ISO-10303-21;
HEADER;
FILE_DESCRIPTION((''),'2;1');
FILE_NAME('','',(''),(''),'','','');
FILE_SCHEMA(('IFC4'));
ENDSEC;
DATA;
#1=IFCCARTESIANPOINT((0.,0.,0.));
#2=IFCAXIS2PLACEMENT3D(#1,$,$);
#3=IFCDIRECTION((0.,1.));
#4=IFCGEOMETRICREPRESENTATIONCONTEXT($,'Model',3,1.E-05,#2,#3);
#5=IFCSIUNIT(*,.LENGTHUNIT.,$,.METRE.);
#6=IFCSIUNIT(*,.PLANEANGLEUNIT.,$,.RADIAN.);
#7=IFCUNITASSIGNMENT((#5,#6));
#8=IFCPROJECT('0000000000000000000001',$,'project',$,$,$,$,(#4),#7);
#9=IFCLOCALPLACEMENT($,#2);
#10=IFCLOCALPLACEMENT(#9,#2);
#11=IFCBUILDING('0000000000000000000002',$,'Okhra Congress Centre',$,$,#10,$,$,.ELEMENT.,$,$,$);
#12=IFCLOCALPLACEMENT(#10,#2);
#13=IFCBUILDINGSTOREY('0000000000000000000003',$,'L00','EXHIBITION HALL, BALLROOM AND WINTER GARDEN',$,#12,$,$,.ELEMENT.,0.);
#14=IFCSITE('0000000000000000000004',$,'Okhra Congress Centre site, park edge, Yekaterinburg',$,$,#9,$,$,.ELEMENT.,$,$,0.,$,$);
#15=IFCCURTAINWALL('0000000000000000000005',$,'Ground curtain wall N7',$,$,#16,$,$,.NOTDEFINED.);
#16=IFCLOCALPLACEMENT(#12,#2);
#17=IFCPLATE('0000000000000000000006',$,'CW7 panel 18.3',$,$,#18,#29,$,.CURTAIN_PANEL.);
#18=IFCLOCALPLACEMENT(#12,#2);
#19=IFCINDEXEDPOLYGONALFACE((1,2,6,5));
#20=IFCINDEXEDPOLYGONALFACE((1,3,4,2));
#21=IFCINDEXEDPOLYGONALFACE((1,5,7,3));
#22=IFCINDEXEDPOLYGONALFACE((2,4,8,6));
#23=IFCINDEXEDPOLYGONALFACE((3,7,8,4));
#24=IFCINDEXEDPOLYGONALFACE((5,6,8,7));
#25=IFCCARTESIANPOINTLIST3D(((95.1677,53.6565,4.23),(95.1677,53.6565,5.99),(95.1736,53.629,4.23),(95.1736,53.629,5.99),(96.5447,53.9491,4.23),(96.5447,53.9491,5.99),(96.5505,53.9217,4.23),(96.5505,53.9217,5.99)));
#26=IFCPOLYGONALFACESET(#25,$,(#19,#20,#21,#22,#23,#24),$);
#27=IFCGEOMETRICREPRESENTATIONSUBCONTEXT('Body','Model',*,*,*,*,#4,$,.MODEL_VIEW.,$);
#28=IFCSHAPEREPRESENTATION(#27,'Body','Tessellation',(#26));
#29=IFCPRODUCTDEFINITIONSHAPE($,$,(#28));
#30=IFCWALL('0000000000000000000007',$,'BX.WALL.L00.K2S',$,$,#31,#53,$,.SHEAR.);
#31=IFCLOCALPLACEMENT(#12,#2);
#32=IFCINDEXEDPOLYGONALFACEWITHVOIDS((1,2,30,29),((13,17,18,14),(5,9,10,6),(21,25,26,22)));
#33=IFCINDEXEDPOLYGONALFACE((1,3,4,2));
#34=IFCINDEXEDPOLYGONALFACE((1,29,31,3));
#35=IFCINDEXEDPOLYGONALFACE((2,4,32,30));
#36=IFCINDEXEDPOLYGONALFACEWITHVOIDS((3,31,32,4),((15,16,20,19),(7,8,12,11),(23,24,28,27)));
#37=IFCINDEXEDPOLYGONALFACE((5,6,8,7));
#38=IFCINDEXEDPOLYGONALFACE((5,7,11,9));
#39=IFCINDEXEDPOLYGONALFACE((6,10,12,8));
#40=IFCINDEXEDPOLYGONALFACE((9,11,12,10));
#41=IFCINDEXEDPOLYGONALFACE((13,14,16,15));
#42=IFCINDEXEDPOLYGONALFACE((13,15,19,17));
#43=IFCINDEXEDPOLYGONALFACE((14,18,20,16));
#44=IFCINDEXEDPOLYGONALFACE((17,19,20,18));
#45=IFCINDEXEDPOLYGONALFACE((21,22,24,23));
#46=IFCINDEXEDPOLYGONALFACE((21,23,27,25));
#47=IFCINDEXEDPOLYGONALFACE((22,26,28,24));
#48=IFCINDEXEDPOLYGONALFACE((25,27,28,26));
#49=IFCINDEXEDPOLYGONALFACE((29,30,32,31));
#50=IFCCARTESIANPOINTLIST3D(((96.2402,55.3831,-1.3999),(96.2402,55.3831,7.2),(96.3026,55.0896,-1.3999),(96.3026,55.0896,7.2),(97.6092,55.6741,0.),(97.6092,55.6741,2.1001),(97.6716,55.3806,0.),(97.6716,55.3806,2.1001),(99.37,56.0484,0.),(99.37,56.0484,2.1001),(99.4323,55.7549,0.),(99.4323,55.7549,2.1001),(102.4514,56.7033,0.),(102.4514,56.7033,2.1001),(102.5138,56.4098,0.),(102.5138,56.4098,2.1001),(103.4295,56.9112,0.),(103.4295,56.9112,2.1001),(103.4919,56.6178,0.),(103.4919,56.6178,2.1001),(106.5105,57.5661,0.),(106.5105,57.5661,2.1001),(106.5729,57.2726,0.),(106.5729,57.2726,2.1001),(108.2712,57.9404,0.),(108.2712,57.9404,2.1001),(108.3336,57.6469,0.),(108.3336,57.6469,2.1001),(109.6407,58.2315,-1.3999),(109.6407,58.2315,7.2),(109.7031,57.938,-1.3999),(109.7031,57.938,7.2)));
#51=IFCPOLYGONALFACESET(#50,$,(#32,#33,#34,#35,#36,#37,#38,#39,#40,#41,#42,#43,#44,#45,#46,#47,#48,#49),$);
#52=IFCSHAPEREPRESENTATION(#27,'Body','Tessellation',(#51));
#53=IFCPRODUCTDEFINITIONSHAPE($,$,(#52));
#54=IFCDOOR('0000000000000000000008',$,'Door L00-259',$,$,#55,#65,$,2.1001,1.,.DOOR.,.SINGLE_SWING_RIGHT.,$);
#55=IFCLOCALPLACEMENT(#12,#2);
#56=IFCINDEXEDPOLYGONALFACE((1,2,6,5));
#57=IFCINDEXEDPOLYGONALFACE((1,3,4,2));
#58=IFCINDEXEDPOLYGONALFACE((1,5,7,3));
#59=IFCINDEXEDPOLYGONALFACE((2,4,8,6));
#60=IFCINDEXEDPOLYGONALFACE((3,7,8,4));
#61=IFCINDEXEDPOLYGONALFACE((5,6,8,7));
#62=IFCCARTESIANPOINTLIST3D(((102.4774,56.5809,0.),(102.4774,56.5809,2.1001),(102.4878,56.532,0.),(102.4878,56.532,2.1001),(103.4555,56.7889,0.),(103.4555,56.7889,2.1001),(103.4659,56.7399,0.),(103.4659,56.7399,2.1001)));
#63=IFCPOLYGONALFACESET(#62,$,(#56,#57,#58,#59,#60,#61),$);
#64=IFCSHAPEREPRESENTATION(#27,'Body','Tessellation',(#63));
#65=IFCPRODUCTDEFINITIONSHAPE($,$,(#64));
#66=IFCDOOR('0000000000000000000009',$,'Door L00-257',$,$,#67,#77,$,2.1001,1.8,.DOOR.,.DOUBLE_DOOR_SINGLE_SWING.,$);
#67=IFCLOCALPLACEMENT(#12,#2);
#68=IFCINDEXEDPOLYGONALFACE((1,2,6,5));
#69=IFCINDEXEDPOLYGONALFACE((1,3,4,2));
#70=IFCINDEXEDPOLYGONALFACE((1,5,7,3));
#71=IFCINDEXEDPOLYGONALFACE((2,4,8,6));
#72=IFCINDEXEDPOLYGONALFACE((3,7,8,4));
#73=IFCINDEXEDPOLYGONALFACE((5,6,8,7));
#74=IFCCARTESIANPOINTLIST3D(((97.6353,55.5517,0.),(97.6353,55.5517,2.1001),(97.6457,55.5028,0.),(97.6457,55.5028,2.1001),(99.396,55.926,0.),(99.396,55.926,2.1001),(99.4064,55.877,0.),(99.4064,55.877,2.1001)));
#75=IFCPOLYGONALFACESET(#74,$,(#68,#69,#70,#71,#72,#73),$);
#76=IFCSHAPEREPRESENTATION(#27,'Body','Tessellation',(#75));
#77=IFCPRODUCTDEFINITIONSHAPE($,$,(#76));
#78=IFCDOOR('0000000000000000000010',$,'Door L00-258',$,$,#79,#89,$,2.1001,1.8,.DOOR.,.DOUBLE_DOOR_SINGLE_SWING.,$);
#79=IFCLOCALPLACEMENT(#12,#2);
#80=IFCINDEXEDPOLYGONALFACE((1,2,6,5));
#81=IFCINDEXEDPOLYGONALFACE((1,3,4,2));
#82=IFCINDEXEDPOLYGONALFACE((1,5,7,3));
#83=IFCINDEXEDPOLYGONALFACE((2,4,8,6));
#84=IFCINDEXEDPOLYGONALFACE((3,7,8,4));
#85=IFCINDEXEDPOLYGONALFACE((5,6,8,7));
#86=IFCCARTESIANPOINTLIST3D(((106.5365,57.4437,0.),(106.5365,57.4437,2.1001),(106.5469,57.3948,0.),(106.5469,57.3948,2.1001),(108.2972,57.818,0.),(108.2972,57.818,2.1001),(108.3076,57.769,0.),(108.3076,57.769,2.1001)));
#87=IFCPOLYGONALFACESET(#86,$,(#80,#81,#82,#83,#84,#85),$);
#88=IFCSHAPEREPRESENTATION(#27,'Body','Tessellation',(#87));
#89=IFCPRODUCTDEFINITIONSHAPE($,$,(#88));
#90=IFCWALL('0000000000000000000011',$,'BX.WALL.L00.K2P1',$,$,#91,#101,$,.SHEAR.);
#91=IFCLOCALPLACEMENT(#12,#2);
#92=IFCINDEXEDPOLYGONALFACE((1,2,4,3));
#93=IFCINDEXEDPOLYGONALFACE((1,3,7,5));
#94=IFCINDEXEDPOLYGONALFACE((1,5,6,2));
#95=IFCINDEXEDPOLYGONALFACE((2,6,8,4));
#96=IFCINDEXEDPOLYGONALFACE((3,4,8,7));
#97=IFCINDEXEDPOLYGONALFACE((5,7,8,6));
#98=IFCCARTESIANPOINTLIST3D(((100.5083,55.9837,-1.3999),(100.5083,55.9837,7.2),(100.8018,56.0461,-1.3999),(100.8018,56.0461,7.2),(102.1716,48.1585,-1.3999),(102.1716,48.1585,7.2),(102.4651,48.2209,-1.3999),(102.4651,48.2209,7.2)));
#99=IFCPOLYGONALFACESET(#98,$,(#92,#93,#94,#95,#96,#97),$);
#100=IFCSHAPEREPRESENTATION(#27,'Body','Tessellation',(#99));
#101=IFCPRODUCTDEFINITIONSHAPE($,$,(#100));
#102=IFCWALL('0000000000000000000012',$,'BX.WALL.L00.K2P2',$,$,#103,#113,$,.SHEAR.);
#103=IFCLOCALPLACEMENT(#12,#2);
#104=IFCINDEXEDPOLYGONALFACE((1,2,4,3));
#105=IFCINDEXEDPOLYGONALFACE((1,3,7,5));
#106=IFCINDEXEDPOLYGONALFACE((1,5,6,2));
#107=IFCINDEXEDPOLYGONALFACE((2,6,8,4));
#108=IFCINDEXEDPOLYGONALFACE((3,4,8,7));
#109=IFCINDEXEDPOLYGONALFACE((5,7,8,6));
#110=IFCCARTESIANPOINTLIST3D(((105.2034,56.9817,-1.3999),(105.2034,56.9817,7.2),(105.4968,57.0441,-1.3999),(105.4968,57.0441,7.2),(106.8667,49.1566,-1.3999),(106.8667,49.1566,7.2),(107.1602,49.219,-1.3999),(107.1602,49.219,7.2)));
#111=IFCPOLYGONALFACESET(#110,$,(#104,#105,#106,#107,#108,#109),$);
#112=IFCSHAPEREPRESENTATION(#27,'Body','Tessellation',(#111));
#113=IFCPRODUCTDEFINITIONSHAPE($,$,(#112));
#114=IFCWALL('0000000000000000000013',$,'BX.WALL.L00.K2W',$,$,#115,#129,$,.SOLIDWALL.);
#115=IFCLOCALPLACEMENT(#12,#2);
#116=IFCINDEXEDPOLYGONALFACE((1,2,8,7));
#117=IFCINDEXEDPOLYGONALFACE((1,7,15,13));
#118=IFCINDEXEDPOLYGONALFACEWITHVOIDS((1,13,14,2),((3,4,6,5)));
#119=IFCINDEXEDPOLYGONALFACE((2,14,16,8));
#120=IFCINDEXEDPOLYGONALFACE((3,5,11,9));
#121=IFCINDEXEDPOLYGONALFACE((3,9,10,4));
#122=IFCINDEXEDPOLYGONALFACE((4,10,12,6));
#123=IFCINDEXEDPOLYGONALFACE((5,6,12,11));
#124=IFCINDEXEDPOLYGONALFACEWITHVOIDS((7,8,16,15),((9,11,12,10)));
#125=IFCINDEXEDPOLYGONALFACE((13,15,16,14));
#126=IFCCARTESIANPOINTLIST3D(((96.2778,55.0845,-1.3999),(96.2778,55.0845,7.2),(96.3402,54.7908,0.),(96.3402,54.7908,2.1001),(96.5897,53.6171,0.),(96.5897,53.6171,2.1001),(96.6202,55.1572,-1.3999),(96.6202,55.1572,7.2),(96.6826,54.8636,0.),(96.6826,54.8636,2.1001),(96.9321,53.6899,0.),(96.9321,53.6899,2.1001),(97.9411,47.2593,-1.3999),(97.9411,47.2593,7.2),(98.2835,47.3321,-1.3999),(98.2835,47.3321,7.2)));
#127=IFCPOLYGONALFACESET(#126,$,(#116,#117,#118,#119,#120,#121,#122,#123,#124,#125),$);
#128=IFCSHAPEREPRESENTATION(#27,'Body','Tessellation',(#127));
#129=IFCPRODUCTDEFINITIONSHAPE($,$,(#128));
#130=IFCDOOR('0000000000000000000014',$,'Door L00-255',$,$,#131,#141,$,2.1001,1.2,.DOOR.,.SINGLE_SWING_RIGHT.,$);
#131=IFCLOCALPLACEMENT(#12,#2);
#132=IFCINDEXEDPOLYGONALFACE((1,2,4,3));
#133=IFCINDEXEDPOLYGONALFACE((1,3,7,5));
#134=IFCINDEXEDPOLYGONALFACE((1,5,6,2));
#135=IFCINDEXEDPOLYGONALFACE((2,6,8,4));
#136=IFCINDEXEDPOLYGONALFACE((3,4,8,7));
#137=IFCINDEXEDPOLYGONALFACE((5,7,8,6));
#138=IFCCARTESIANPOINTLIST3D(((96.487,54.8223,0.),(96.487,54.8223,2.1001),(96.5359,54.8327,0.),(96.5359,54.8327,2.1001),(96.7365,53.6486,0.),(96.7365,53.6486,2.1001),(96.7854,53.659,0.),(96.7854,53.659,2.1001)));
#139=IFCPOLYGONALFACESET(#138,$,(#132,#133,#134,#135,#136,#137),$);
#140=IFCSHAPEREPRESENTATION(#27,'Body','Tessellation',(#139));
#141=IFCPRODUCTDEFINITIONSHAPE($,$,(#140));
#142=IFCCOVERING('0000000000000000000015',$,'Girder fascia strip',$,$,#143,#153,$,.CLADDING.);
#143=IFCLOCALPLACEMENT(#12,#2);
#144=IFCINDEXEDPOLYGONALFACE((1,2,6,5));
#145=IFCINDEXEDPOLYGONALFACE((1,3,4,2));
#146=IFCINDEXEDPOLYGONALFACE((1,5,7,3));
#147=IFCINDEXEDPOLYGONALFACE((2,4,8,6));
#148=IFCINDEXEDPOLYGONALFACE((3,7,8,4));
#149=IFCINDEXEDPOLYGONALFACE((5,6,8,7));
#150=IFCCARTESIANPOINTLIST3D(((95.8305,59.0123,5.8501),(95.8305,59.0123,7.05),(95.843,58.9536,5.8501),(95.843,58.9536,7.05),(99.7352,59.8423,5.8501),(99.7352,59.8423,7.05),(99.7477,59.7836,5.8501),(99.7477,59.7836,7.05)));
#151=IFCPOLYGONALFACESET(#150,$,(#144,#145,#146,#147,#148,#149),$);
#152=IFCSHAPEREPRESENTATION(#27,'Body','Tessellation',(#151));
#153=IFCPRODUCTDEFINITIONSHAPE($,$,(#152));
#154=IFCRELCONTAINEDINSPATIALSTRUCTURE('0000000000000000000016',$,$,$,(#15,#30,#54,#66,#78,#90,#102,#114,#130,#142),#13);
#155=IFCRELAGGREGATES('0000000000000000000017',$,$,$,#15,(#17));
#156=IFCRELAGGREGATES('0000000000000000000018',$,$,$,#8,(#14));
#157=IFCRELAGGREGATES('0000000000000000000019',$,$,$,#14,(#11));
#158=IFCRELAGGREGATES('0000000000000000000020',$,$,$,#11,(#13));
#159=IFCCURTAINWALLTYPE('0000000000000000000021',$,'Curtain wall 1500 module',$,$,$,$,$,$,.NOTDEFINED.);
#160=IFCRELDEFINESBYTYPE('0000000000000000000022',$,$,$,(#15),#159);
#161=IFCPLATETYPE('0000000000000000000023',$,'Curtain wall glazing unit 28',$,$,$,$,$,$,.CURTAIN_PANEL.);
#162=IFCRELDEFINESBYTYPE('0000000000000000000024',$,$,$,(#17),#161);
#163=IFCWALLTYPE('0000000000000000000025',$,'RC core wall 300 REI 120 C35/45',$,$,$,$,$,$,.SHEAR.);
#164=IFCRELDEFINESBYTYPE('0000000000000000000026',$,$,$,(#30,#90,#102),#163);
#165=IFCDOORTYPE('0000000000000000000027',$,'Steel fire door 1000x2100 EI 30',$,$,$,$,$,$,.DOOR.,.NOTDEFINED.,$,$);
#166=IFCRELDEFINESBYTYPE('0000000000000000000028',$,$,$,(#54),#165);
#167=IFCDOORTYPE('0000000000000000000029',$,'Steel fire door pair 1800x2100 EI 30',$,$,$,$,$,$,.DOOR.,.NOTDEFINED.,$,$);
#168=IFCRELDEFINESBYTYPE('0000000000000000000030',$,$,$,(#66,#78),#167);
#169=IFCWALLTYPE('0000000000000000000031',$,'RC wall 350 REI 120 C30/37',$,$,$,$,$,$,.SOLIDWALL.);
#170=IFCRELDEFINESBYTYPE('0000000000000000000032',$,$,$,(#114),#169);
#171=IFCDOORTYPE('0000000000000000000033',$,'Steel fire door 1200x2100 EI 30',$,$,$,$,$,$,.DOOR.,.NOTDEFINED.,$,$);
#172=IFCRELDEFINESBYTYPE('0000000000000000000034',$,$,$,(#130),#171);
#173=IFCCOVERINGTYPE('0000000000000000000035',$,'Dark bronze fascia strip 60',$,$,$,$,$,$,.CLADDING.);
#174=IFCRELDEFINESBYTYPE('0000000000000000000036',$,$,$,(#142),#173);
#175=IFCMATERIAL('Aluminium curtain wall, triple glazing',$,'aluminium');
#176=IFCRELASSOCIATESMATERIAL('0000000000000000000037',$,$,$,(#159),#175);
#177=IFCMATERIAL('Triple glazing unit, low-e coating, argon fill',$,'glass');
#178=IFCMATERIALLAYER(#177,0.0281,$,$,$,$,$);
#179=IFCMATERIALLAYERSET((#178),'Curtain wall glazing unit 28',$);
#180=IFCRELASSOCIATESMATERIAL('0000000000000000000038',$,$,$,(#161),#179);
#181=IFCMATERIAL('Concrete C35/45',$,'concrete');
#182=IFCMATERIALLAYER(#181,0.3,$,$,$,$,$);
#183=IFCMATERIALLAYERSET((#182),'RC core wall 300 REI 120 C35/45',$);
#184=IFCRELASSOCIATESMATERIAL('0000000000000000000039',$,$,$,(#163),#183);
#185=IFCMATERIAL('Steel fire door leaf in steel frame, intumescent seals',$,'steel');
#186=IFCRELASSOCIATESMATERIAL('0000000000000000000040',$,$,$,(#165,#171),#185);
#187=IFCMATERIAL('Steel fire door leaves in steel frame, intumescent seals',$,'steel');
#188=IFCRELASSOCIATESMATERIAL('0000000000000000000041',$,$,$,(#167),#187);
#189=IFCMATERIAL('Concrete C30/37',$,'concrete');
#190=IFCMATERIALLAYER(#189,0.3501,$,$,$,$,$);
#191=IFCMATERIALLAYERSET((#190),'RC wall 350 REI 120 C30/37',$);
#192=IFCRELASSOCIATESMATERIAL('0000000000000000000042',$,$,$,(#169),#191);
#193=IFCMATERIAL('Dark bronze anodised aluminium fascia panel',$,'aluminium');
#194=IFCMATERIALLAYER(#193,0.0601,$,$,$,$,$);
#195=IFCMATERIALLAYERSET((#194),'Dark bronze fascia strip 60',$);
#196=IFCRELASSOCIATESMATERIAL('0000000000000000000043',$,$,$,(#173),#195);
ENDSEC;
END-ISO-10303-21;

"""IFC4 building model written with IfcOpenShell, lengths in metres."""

from ifc_helpers import new_model, si_unit, direction, frame, frame_2d, origin, origin_2d, place, context, subcontext, project, spatial, rectangle, extrude, material, layer, layer_set, type_object, element, fill, aggregate, save


model = new_model("IFC4")

# Units and contexts
model_context = context("Model", 3, precision=1e-05, world=origin(), true_north=direction((0.0, 1.0)))
body_context = subcontext(model_context, "Body", "Model", "MODEL_VIEW")
ifc_project = project(units=[si_unit("LENGTHUNIT", "METRE"), si_unit("PLANEANGLEUNIT", "RADIAN")], contexts=[model_context])

# Site, building, storey
site_placement = place(None, origin())
site = spatial("IfcSite", under=ifc_project, at=site_placement, Name="Okhra Congress Centre site, park edge, Yekaterinburg", CompositionType="ELEMENT", RefElevation=0.0)
building_placement = place(site_placement, origin())
building = spatial("IfcBuilding", under=site, at=building_placement, Name="Okhra Congress Centre", CompositionType="ELEMENT")
storey_placement = place(building_placement, origin())
storey = spatial("IfcBuildingStorey", under=building, at=storey_placement, Name="L00", Description="EXHIBITION HALL, BALLROOM AND WINTER GARDEN", CompositionType="ELEMENT", Elevation=0.0)

# Shared definitions
ifc_material_1 = material(Name="Concrete C30/37", Category="concrete")

# Shared definitions
ifc_material_2 = material(Name="Concrete C35/45", Category="concrete")

# Curtain wall
ifc_material_3 = material(Name="Aluminium curtain wall, triple glazing", Category="aluminium")
curtain_wall_type = type_object("IfcCurtainWallType", Name="Curtain wall 1500 module", PredefinedType="NOTDEFINED", material=ifc_material_3)
curtain_wall_placement = place(storey_placement, origin())
curtain_wall = element("IfcCurtainWall", 1, at=curtain_wall_placement, inside=storey, type_object=curtain_wall_type, Name="Ground curtain wall N7", PredefinedType="NOTDEFINED")

# Plate
ifc_material_4 = material(Name="Triple glazing unit, low-e coating, argon fill", Category="glass")
ifc_layer_1 = layer(ifc_material_4, 0.0281)
ifc_layer_set_1 = layer_set([ifc_layer_1], Name="Curtain wall glazing unit 28")
plate_type = type_object("IfcPlateType", Name="Curtain wall glazing unit 28", PredefinedType="CURTAIN_PANEL", material=ifc_layer_set_1)
plate_1_placement = place(storey_placement, frame((95.8591, 53.7891, 4.23), z_axis=(0.0, 0.0, 1.0), x_axis=(0.978148, 0.207912, 0.0)))
plate_1 = element("IfcPlate", 2, at=plate_1_placement, type_object=plate_type, Name="CW7 panel 18.3", PredefinedType="CURTAIN_PANEL", context=body_context, shape_type="SweptSolid", body=[
    extrude(rectangle(XDim=1.4077, YDim=0.0281, at=origin_2d()), origin(), (0.0, 0.0, 1.0), 1.76),
])
aggregate(curtain_wall, [plate_1])

# Wall, openings, doors
ifc_layer_2 = layer(ifc_material_2, 0.3)
ifc_layer_set_2 = layer_set([ifc_layer_2], Name="RC core wall 300 REI 120 C35/45")
wall_type_1 = type_object("IfcWallType", Name="RC core wall 300 REI 120 C35/45", PredefinedType="SHEAR", material=ifc_layer_set_2)
wall_1_placement = place(storey_placement, frame((96.2712, 55.2363, -1.3999), z_axis=(0.0, 0.0, 1.0), x_axis=(0.978148, 0.207911, 0.0)))
wall_1 = element("IfcWall", 3, at=wall_1_placement, inside=storey, type_object=wall_type_1, Name="BX.WALL.L00.K2S", PredefinedType="SHEAR", context=body_context, shape_type="SweptSolid", body=[
    extrude(rectangle(XDim=13.7, YDim=0.3, at=frame_2d((6.8501, 0.0))), origin(), (0.0, 0.0, 1.0), 8.5999),
])
opening_1_placement = place(wall_1_placement, frame((1.3999, 0.0, 1.3999)))
opening_1 = element("IfcOpeningElement", 4, at=opening_1_placement, cuts=wall_1, PredefinedType="OPENING", context=body_context, shape_type="SweptSolid", body=[
    extrude(rectangle(XDim=1.8, YDim=2.1001, at=frame_2d((0.8999, 1.05))), frame((0.0, 0.1599, 0.0), z_axis=(0.0, -1.0, 0.0), x_axis=(1.0, 0.0, 0.0)), (0.0, 0.0, 1.0), 0.3201),
])
opening_2_placement = place(wall_1_placement, frame((10.5, 0.0, 1.3999)))
opening_2 = element("IfcOpeningElement", 5, at=opening_2_placement, cuts=wall_1, PredefinedType="OPENING", context=body_context, shape_type="SweptSolid", body=[
    extrude(rectangle(XDim=1.8, YDim=2.1001, at=frame_2d((0.8999, 1.05))), frame((0.0, 0.1599, 0.0), z_axis=(0.0, -1.0, 0.0), x_axis=(1.0, 0.0, 0.0)), (0.0, 0.0, 1.0), 0.3201),
])
opening_3_placement = place(wall_1_placement, frame((6.3501, 0.0, 1.3999)))
opening_3 = element("IfcOpeningElement", 6, at=opening_3_placement, cuts=wall_1, PredefinedType="OPENING", context=body_context, shape_type="SweptSolid", body=[
    extrude(rectangle(XDim=1.0, YDim=2.1001, at=frame_2d((0.5, 1.05))), frame((0.0, 0.1599, 0.0), z_axis=(0.0, -1.0, 0.0), x_axis=(1.0, 0.0, 0.0)), (0.0, 0.0, 1.0), 0.3201),
])
ifc_material_5 = material(Name="Steel fire door leaf in steel frame, intumescent seals", Category="steel")
door_type_1 = type_object("IfcDoorType", Name="Steel fire door 1000x2100 EI 30", OperationType="NOTDEFINED", PredefinedType="DOOR", material=ifc_material_5)
door_1_placement = place(opening_3_placement, origin())
door_1 = element("IfcDoor", 7, at=door_1_placement, inside=storey, type_object=door_type_1, Name="Door L00-259", OperationType="SINGLE_SWING_RIGHT", OverallHeight=2.1001, OverallWidth=1.0, PredefinedType="DOOR", context=body_context, shape_type="SweptSolid", body=[
    extrude(rectangle(XDim=1.0, YDim=2.1001, at=frame_2d((0.5, 1.05))), frame((0.0, 0.0249, 0.0), z_axis=(0.0, -1.0, 0.0), x_axis=(1.0, 0.0, 0.0)), (0.0, 0.0, 1.0), 0.05),
])
fill(opening_3, door_1)
ifc_material_6 = material(Name="Steel fire door leaves in steel frame, intumescent seals", Category="steel")
door_type_2 = type_object("IfcDoorType", Name="Steel fire door pair 1800x2100 EI 30", OperationType="NOTDEFINED", PredefinedType="DOOR", material=ifc_material_6)
door_2_placement = place(opening_1_placement, origin())
door_2 = element("IfcDoor", 8, at=door_2_placement, inside=storey, type_object=door_type_2, Name="Door L00-257", OperationType="DOUBLE_DOOR_SINGLE_SWING", OverallHeight=2.1001, OverallWidth=1.8, PredefinedType="DOOR", context=body_context, shape_type="SweptSolid", body=[
    extrude(rectangle(XDim=1.8, YDim=2.1001, at=frame_2d((0.8999, 1.05))), frame((0.0, 0.0249, 0.0), z_axis=(0.0, -1.0, 0.0), x_axis=(1.0, 0.0, 0.0)), (0.0, 0.0, 1.0), 0.05),
])
fill(opening_1, door_2)
door_3_placement = place(opening_2_placement, origin())
door_3 = element("IfcDoor", 9, at=door_3_placement, inside=storey, type_object=door_type_2, Name="Door L00-258", OperationType="DOUBLE_DOOR_SINGLE_SWING", OverallHeight=2.1001, OverallWidth=1.8, PredefinedType="DOOR", context=body_context, shape_type="SweptSolid", body=[
    extrude(rectangle(XDim=1.8, YDim=2.1001, at=frame_2d((0.8999, 1.05))), frame((0.0, 0.0249, 0.0), z_axis=(0.0, -1.0, 0.0), x_axis=(1.0, 0.0, 0.0)), (0.0, 0.0, 1.0), 0.05),
])
fill(opening_2, door_3)

# Walls
for number, where, z_axis, x_axis, name in (
    (10, (100.655, 56.0149, -1.3999), (0.0, 0.0, 1.0), (0.207916, -0.978147, 0.0), "BX.WALL.L00.K2P1"),
    (11, (105.3501, 57.0129, -1.3999), (0.0, 0.0, 1.0), (0.207916, -0.978147, 0.0), "BX.WALL.L00.K2P2"),
):
    element("IfcWall", number, at=place(storey_placement, frame(where, z_axis=z_axis, x_axis=x_axis)), inside=storey, type_object=wall_type_1, Name=name, PredefinedType="SHEAR", context=body_context, shape_type="SweptSolid", body=[
        extrude(rectangle(XDim=8.0, YDim=0.3, at=frame_2d((4.0, 0.0))), origin(), (0.0, 0.0, 1.0), 8.5999),
    ])

# Wall, opening, door
ifc_layer_3 = layer(ifc_material_1, 0.3501)
ifc_layer_set_3 = layer_set([ifc_layer_3], Name="RC wall 350 REI 120 C30/37")
wall_type_2 = type_object("IfcWallType", Name="RC wall 350 REI 120 C30/37", PredefinedType="SOLIDWALL", material=ifc_layer_set_3)
wall_2_placement = place(storey_placement, frame((96.449, 55.1208, -1.3999), z_axis=(0.0, 0.0, 1.0), x_axis=(0.207916, -0.978147, 0.0)))
wall_2 = element("IfcWall", 12, at=wall_2_placement, inside=storey, type_object=wall_type_2, Name="BX.WALL.L00.K2W", PredefinedType="SOLIDWALL", context=body_context, shape_type="SweptSolid", body=[
    extrude(rectangle(XDim=8.0, YDim=0.3501, at=frame_2d((4.0, 0.0))), origin(), (0.0, 0.0, 1.0), 8.5999),
])
opening_4_placement = place(wall_2_placement, frame((0.3, 0.0, 1.3999)))
opening_4 = element("IfcOpeningElement", 13, at=opening_4_placement, cuts=wall_2, PredefinedType="OPENING", context=body_context, shape_type="SweptSolid", body=[
    extrude(rectangle(XDim=1.2, YDim=2.1001, at=frame_2d((0.6001, 1.05))), frame((0.0, 0.1851, 0.0), z_axis=(0.0, -1.0, 0.0), x_axis=(1.0, 0.0, 0.0)), (0.0, 0.0, 1.0), 0.3701),
])
door_type_3 = type_object("IfcDoorType", Name="Steel fire door 1200x2100 EI 30", OperationType="NOTDEFINED", PredefinedType="DOOR", material=ifc_material_5)
door_4_placement = place(opening_4_placement, frame((1.2, 0.0, 0.0), z_axis=(0.0, 0.0, 1.0), x_axis=(-1.0, 0.0, 0.0)))
door_4 = element("IfcDoor", 14, at=door_4_placement, inside=storey, type_object=door_type_3, Name="Door L00-255", OperationType="SINGLE_SWING_RIGHT", OverallHeight=2.1001, OverallWidth=1.2, PredefinedType="DOOR", context=body_context, shape_type="SweptSolid", body=[
    extrude(rectangle(XDim=1.2, YDim=2.1001, at=frame_2d((0.6001, 1.05))), frame((0.0, 0.0249, 0.0), z_axis=(0.0, -1.0, 0.0), x_axis=(1.0, 0.0, 0.0)), (0.0, 0.0, 1.0), 0.05),
])
fill(opening_4, door_4)

# Covering
ifc_material_7 = material(Name="Dark bronze anodised aluminium fascia panel", Category="aluminium")
ifc_layer_4 = layer(ifc_material_7, 0.0601)
ifc_layer_set_4 = layer_set([ifc_layer_4], Name="Dark bronze fascia strip 60")
covering_type = type_object("IfcCoveringType", Name="Dark bronze fascia strip 60", PredefinedType="CLADDING", material=ifc_layer_set_4)
covering_placement = place(storey_placement, frame((97.7891, 59.3979, 5.8501), z_axis=(0.0, 0.0, 1.0), x_axis=(0.978148, 0.207912, 0.0)))
element("IfcCovering", 15, at=covering_placement, inside=storey, type_object=covering_type, Name="Girder fascia strip", PredefinedType="CLADDING", context=body_context, shape_type="SweptSolid", body=[
    extrude(rectangle(XDim=3.9919, YDim=0.0601, at=origin_2d()), origin(), (0.0, 0.0, 1.0), 1.2),
])

save(model, "model.ifc")
